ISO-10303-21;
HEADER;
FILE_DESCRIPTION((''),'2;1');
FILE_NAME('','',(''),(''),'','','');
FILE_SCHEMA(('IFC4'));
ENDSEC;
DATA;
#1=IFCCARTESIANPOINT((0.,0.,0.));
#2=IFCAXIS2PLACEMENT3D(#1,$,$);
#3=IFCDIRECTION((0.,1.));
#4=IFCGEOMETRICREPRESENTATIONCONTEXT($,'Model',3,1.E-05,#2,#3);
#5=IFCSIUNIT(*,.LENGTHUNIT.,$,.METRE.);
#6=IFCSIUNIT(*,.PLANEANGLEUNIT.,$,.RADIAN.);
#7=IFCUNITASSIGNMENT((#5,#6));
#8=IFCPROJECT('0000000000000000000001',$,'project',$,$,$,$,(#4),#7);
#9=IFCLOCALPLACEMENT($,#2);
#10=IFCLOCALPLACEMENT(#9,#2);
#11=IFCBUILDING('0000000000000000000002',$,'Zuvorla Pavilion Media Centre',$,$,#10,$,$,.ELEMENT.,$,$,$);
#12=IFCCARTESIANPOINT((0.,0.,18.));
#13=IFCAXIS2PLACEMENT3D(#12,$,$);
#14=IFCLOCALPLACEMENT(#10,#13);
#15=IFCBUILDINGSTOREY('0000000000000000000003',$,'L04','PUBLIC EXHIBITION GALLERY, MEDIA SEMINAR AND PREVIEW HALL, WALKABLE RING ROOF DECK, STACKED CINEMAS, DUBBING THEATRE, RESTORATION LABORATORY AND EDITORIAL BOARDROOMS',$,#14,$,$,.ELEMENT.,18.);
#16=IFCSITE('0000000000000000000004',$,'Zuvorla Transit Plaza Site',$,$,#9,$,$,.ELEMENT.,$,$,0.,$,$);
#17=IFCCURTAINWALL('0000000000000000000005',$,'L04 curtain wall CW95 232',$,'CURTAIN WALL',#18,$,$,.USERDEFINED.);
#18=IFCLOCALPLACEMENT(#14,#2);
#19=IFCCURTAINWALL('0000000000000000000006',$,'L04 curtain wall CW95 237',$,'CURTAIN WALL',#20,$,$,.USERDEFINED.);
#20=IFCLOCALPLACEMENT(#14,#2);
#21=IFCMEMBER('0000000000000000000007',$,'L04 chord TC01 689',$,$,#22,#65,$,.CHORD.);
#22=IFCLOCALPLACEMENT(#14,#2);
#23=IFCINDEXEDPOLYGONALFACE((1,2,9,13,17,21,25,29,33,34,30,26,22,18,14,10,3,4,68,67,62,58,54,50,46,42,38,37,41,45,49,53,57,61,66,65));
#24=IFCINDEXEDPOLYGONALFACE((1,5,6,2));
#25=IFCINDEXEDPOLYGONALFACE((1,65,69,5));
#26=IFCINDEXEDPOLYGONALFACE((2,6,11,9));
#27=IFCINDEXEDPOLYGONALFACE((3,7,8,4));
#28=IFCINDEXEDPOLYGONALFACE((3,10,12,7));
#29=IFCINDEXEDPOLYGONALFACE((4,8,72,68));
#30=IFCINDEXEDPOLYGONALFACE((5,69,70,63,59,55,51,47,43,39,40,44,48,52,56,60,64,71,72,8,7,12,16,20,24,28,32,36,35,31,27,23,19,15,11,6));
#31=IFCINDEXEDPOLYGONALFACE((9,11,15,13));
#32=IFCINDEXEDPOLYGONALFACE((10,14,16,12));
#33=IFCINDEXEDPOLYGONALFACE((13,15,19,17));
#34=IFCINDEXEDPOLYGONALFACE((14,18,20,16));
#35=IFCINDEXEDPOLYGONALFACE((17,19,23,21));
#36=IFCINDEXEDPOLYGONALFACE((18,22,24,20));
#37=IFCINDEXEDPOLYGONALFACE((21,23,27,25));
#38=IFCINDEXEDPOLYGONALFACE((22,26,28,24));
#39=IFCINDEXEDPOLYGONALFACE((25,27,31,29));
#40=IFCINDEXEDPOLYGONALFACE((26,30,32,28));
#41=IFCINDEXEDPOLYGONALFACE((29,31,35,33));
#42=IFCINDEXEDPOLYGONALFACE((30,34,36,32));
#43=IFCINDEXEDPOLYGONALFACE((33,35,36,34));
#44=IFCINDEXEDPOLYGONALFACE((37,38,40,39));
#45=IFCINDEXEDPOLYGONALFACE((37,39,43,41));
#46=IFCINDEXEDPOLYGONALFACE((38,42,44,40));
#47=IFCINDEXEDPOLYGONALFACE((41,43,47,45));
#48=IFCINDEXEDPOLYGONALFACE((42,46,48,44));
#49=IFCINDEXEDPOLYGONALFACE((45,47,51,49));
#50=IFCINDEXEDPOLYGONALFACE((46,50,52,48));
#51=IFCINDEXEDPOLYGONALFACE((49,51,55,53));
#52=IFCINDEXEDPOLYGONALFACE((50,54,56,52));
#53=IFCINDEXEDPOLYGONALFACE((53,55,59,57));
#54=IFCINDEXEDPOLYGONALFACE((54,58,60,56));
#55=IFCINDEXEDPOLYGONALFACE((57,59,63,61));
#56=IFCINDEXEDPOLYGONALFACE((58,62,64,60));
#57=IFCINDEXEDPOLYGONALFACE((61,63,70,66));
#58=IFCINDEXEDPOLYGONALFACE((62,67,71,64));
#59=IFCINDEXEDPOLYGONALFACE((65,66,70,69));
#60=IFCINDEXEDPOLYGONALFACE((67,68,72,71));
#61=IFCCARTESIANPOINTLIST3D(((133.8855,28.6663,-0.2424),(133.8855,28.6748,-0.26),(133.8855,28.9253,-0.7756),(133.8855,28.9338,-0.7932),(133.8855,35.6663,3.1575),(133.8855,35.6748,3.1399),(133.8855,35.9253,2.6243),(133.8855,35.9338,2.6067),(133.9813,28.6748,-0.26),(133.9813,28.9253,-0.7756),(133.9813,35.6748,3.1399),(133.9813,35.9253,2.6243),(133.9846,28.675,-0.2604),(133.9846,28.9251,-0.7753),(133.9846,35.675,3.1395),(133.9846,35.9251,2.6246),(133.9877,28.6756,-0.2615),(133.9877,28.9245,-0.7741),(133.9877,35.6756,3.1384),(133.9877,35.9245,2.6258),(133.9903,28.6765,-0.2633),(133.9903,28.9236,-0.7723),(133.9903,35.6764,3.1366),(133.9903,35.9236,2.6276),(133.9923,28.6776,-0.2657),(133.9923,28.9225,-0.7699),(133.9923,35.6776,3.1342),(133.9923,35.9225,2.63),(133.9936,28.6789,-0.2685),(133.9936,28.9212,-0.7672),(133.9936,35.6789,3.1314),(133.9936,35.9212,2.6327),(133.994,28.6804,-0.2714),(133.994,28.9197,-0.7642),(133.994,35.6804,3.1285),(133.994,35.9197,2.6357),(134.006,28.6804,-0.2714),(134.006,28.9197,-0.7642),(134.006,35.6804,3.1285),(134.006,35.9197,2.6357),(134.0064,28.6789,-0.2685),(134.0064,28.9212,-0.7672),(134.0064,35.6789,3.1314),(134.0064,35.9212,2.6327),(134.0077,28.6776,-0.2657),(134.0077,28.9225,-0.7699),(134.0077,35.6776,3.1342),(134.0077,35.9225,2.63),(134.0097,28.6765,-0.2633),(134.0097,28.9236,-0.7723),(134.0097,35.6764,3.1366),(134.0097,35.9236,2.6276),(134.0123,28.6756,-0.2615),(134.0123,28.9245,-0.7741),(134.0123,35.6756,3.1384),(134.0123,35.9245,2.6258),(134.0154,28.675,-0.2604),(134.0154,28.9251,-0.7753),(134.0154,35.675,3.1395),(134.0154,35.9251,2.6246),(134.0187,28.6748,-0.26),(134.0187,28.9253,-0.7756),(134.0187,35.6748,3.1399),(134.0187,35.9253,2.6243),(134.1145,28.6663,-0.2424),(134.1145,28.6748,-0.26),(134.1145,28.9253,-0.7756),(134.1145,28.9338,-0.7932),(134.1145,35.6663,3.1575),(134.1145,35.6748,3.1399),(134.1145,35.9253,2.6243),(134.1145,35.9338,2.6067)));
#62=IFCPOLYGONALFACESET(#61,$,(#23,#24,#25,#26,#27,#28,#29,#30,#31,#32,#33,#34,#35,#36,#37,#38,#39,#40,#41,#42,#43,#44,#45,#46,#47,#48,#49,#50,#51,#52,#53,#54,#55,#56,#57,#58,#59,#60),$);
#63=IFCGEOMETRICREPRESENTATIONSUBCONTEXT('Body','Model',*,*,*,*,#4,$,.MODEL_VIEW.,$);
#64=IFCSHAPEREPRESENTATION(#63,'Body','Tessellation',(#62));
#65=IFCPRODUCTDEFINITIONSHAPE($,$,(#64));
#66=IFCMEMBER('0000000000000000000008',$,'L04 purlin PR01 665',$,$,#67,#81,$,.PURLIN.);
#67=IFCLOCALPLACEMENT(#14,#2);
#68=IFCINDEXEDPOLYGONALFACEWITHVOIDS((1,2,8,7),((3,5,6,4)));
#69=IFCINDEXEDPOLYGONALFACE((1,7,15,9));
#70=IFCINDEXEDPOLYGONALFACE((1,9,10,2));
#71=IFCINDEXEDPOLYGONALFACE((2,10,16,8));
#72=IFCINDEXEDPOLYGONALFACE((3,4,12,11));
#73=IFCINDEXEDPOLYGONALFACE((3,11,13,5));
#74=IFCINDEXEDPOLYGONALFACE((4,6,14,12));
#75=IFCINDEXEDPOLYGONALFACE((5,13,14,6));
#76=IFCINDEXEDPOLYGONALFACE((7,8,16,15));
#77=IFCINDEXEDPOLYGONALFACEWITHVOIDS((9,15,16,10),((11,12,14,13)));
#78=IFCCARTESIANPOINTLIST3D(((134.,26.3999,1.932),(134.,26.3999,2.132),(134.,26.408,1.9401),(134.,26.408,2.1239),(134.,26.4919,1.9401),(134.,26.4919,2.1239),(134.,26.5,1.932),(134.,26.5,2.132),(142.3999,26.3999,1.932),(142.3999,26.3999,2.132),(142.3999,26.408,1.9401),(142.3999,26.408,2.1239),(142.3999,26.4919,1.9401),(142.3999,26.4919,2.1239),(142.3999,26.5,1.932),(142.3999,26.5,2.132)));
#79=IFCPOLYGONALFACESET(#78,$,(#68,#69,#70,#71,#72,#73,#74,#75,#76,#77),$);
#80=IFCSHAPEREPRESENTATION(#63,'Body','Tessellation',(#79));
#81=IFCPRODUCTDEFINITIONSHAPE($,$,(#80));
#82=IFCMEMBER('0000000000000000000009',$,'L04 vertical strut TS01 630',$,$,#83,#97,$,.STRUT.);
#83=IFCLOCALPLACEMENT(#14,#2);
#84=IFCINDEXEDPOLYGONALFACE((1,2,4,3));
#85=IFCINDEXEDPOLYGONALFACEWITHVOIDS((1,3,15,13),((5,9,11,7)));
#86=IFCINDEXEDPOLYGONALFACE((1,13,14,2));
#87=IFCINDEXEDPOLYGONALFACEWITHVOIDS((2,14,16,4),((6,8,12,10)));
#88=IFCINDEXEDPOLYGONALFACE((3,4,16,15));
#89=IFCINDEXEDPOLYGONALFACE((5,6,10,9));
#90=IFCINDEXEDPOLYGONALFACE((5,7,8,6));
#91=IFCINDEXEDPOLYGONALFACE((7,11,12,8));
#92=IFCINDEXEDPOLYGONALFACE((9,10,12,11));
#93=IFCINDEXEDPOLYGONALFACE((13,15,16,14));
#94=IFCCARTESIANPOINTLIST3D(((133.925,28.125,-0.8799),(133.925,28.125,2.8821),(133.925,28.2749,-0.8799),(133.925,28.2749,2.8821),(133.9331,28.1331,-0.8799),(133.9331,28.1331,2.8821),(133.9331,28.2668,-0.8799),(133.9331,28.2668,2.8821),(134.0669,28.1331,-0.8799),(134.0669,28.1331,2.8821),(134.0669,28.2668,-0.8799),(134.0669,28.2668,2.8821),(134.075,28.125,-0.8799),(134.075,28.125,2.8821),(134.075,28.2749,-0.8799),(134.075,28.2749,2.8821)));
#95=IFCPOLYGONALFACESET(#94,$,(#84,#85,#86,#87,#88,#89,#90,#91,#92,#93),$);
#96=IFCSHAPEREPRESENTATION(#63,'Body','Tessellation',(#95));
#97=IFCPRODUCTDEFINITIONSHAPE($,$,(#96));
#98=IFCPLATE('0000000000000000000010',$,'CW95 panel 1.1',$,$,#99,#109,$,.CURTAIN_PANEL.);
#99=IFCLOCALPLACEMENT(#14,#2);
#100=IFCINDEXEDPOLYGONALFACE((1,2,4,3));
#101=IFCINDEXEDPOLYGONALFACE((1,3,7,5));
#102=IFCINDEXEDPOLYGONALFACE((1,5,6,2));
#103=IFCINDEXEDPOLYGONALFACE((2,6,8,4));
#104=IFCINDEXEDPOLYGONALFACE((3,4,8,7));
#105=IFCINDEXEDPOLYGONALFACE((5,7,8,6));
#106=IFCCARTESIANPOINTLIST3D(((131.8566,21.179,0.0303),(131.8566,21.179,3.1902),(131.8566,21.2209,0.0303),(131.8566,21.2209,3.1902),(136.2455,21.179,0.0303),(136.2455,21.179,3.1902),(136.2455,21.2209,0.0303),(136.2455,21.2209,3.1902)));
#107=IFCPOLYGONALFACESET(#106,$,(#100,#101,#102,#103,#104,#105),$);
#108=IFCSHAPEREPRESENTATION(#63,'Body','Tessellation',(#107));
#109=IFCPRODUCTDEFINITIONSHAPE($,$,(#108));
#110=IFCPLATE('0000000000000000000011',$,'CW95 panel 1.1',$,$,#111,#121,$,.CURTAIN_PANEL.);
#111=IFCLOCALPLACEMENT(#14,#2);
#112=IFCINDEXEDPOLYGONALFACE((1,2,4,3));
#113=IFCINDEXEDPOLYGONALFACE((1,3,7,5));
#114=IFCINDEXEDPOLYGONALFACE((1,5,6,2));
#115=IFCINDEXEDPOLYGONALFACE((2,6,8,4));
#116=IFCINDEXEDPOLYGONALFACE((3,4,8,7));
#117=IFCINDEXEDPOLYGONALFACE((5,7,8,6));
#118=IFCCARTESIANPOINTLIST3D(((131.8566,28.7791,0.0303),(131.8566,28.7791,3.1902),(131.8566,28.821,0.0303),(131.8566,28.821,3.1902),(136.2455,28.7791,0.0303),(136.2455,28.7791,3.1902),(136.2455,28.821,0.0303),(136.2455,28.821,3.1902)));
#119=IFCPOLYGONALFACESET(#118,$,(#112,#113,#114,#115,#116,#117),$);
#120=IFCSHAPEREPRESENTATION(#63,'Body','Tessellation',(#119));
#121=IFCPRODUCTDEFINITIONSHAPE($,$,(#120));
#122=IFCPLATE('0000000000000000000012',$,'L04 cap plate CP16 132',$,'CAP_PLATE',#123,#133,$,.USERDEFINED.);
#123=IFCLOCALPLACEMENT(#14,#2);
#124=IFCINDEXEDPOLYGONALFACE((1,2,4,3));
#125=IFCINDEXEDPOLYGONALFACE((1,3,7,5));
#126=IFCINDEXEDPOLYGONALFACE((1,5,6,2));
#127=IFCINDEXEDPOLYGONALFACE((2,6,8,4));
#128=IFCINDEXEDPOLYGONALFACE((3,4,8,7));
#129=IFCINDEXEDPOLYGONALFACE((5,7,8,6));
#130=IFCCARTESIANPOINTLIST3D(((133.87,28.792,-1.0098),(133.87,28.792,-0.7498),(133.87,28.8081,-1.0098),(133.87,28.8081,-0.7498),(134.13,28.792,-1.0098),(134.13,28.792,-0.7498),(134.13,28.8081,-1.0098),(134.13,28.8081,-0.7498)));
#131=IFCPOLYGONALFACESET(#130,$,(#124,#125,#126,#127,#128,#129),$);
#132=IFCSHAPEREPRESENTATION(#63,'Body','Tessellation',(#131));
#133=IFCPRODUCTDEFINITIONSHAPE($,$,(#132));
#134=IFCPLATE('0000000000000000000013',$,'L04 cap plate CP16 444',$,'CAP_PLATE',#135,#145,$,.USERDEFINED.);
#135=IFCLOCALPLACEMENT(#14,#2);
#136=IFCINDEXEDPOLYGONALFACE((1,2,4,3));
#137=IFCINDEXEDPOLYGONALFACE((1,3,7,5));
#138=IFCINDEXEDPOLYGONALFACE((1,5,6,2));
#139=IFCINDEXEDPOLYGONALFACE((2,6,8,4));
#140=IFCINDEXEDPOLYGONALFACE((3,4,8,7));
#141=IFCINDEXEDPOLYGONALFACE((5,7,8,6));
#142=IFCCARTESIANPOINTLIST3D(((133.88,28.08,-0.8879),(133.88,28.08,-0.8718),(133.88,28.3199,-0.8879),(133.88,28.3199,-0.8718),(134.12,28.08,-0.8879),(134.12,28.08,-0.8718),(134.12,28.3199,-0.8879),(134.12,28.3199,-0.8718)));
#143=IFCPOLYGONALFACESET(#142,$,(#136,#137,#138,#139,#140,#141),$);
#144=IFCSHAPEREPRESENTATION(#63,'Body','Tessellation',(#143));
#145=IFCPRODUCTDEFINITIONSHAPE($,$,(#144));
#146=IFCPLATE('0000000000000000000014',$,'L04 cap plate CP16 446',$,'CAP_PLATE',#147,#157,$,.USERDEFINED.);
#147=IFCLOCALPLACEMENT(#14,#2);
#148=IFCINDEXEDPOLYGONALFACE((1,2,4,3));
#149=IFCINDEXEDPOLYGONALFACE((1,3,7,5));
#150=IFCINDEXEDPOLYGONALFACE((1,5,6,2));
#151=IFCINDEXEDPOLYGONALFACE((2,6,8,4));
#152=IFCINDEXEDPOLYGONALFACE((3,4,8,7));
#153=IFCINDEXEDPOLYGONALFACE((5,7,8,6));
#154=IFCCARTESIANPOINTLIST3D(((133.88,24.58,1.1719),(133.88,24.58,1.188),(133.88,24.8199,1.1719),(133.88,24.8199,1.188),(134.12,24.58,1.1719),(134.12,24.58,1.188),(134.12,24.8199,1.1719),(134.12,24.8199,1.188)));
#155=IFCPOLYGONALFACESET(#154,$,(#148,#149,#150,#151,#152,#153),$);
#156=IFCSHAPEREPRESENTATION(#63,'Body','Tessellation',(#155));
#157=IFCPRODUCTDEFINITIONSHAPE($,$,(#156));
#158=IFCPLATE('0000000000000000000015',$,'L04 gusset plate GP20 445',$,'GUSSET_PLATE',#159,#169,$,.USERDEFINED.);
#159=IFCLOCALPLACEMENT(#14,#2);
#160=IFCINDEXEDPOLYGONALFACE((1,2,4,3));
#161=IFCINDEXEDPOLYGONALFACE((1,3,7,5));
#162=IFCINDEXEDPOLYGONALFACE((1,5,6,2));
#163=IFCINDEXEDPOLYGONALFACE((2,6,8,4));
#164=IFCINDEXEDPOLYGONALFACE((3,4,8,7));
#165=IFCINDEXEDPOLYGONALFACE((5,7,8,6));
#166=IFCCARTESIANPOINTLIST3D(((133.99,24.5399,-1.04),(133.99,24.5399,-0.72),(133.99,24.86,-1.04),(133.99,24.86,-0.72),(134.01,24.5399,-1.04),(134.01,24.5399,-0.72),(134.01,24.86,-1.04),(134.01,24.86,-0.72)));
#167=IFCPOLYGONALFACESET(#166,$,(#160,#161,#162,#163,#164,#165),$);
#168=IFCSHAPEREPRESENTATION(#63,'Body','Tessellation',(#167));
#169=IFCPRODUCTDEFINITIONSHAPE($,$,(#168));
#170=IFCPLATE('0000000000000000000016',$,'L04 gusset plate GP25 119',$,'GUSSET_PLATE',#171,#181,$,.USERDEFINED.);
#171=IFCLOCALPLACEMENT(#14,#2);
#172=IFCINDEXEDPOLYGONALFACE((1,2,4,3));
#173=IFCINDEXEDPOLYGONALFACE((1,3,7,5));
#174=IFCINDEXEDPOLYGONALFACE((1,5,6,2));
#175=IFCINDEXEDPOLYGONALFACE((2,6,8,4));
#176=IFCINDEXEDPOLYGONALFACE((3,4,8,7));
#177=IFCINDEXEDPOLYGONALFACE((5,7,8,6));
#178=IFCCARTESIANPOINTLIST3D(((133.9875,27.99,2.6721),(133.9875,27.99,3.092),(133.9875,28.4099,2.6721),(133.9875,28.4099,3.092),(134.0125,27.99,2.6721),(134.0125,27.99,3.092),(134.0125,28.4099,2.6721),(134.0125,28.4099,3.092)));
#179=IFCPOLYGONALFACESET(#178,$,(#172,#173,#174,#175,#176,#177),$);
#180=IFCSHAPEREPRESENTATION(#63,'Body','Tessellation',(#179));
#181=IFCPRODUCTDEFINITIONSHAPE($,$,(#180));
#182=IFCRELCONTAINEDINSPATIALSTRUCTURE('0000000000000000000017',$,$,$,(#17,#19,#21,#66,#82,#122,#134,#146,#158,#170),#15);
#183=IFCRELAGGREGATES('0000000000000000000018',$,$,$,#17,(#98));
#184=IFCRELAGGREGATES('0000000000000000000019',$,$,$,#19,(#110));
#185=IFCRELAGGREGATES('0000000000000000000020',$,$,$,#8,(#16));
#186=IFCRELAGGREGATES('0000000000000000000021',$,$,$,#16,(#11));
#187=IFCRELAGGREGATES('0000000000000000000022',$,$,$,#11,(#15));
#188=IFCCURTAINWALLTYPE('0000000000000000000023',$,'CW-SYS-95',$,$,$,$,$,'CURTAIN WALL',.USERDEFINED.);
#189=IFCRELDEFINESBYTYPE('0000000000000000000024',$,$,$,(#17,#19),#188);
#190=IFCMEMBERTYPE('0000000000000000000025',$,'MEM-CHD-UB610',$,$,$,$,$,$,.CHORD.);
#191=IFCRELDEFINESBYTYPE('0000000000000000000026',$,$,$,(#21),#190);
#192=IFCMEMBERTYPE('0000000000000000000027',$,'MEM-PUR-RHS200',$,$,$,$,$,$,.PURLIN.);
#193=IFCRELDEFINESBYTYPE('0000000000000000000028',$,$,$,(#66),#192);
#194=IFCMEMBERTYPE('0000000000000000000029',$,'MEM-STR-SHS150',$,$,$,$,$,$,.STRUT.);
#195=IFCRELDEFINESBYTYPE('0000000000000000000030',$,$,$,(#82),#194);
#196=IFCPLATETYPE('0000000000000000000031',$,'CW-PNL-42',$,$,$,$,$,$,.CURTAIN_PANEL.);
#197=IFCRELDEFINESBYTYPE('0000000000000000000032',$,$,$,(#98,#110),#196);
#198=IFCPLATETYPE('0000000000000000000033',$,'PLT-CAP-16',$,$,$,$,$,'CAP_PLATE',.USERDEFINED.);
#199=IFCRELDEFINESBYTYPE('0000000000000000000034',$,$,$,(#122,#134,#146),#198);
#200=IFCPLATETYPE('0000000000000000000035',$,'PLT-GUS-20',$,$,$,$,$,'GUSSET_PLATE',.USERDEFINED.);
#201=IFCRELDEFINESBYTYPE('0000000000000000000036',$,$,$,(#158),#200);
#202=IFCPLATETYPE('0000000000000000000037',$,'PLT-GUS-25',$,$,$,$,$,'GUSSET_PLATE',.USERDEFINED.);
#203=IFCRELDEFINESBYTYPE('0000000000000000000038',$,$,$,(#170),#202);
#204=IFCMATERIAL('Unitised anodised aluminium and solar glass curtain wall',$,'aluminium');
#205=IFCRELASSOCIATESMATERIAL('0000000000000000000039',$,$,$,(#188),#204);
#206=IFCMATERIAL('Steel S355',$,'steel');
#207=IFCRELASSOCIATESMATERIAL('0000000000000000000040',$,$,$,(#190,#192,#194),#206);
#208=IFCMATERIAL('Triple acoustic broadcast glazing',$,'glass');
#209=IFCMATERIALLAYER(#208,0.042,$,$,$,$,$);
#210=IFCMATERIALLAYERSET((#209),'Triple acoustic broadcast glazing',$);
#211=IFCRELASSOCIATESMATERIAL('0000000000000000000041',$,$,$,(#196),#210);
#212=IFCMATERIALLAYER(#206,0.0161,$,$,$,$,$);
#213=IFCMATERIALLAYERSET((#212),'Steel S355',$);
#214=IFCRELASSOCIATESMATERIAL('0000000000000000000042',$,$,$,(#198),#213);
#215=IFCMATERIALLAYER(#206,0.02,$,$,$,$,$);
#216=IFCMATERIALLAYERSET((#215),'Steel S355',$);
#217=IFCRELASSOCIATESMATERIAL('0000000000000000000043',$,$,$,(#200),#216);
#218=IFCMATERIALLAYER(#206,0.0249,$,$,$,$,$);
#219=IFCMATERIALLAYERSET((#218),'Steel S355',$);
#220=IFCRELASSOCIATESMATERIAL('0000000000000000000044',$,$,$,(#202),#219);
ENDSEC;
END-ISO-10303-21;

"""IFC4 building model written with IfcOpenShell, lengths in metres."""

from ifc_helpers import new_model, si_unit, direction, frame, origin, origin_2d, place, context, subcontext, project, spatial, rectangle, hollow_rectangle, i_section, extrude, material, layer, layer_set, material_profile, profile_set, type_object, element, aggregate, save


model = new_model("IFC4")

# Units and contexts
model_context = context("Model", 3, precision=1e-05, world=origin(), true_north=direction((0.0, 1.0)))
body_context = subcontext(model_context, "Body", "Model", "MODEL_VIEW")
ifc_project = project(units=[si_unit("LENGTHUNIT", "METRE"), si_unit("PLANEANGLEUNIT", "RADIAN")], contexts=[model_context])

# Site, building, storey
site_placement = place(None, origin())
site = spatial("IfcSite", under=ifc_project, at=site_placement, Name="Zuvorla Transit Plaza Site", CompositionType="ELEMENT", RefElevation=0.0)
building_placement = place(site_placement, origin())
building = spatial("IfcBuilding", under=site, at=building_placement, Name="Zuvorla Pavilion Media Centre", CompositionType="ELEMENT")
storey_placement = place(building_placement, frame((0.0, 0.0, 18.0)))
storey = spatial("IfcBuildingStorey", under=building, at=storey_placement, Name="L04", Description="PUBLIC EXHIBITION GALLERY, MEDIA SEMINAR AND PREVIEW HALL, WALKABLE RING ROOF DECK, STACKED CINEMAS, DUBBING THEATRE, RESTORATION LABORATORY AND EDITORIAL BOARDROOMS", CompositionType="ELEMENT", Elevation=18.0)

# Curtain walls
ifc_material_1 = material(Name="Unitised anodised aluminium and solar glass curtain wall", Category="aluminium")
curtain_wall_type = type_object("IfcCurtainWallType", Name="CW-SYS-95", ElementType="CURTAIN WALL", PredefinedType="USERDEFINED", material=ifc_material_1)
curtain_wall_1_placement = place(storey_placement, origin())
curtain_wall_1 = element("IfcCurtainWall", 1, at=curtain_wall_1_placement, inside=storey, type_object=curtain_wall_type, Name="L04 curtain wall CW95 232", ObjectType="CURTAIN WALL", PredefinedType="USERDEFINED")
curtain_wall_2_placement = place(storey_placement, origin())
curtain_wall_2 = element("IfcCurtainWall", 2, at=curtain_wall_2_placement, inside=storey, type_object=curtain_wall_type, Name="L04 curtain wall CW95 237", ObjectType="CURTAIN WALL", PredefinedType="USERDEFINED")

# Members
ifc_material_2 = material(Name="Steel S355", Category="steel")
ifc_material_profile_1 = material_profile(ifc_material_2, i_section(OverallWidth=0.229, OverallDepth=0.6123, WebThickness=0.012, FlangeThickness=0.0195, FilletRadius=0.0127, at=origin_2d()), Name="UB 610x229x125")
ifc_profile_set_1 = profile_set([ifc_material_profile_1], Name="Steel S355")
member_type_1 = type_object("IfcMemberType", Name="MEM-CHD-UB610", PredefinedType="CHORD", material=ifc_profile_set_1)
member_1_placement = place(storey_placement, frame((134.0, 28.8, -0.5178), z_axis=(0.0, 0.899513, 0.436894), x_axis=(-1.0, 0.0, 0.0)))
element("IfcMember", 3, at=member_1_placement, inside=storey, type_object=member_type_1, Name="L04 chord TC01 689", PredefinedType="CHORD", context=body_context, shape_type="SweptSolid", body=[
    extrude(i_section(OverallWidth=0.229, OverallDepth=0.6123, WebThickness=0.012, FlangeThickness=0.0195, FilletRadius=0.0127, at=origin_2d()), origin(), (0.0, 0.0, 1.0), 7.782),
])
ifc_material_profile_2 = material_profile(ifc_material_2, hollow_rectangle(XDim=0.1001, YDim=0.2, WallThickness=0.0081, at=origin_2d()), Name="RHS 200x100x8")
ifc_profile_set_2 = profile_set([ifc_material_profile_2], Name="Steel S355")
member_type_2 = type_object("IfcMemberType", Name="MEM-PUR-RHS200", PredefinedType="PURLIN", material=ifc_profile_set_2)
member_2_placement = place(storey_placement, frame((134.0, 26.45, 2.032), z_axis=(1.0, 0.0, 0.0), x_axis=(0.0, 1.0, 0.0)))
element("IfcMember", 4, at=member_2_placement, inside=storey, type_object=member_type_2, Name="L04 purlin PR01 665", PredefinedType="PURLIN", context=body_context, shape_type="SweptSolid", body=[
    extrude(hollow_rectangle(XDim=0.1001, YDim=0.2, WallThickness=0.0081, at=origin_2d()), origin(), (0.0, 0.0, 1.0), 8.3999),
])
ifc_material_profile_3 = material_profile(ifc_material_2, hollow_rectangle(XDim=0.1499, YDim=0.1499, WallThickness=0.0081, at=origin_2d()), Name="SHS 150x150x8")
ifc_profile_set_3 = profile_set([ifc_material_profile_3], Name="Steel S355")
member_type_3 = type_object("IfcMemberType", Name="MEM-STR-SHS150", PredefinedType="STRUT", material=ifc_profile_set_3)
member_3_placement = place(storey_placement, frame((134.0, 28.2, -0.8799), z_axis=(0.0, 0.0, 1.0), x_axis=(1.0, 0.0, 0.0)))
element("IfcMember", 5, at=member_3_placement, inside=storey, type_object=member_type_3, Name="L04 vertical strut TS01 630", PredefinedType="STRUT", context=body_context, shape_type="SweptSolid", body=[
    extrude(hollow_rectangle(XDim=0.1499, YDim=0.1499, WallThickness=0.0081, at=origin_2d()), origin(), (0.0, 0.0, 1.0), 3.762),
])

# Plates
ifc_material_3 = material(Name="Triple acoustic broadcast glazing", Category="glass")
ifc_layer_1 = layer(ifc_material_3, 0.042)
ifc_layer_set_1 = layer_set([ifc_layer_1], Name="Triple acoustic broadcast glazing")
plate_type_1 = type_object("IfcPlateType", Name="CW-PNL-42", PredefinedType="CURTAIN_PANEL", material=ifc_layer_set_1)
plate_1_placement = place(storey_placement, frame((134.051, 21.2, 0.0303), z_axis=(0.0, 0.0, 1.0), x_axis=(1.0, 0.0, 0.0)))
plate_1 = element("IfcPlate", 6, at=plate_1_placement, type_object=plate_type_1, Name="CW95 panel 1.1", PredefinedType="CURTAIN_PANEL", context=body_context, shape_type="SweptSolid", body=[
    extrude(rectangle(XDim=4.3889, YDim=0.042, at=origin_2d()), origin(), (0.0, 0.0, 1.0), 3.1599),
])
aggregate(curtain_wall_1, [plate_1])
plate_2_placement = place(storey_placement, frame((134.051, 28.8, 0.0303), z_axis=(0.0, 0.0, 1.0), x_axis=(1.0, 0.0, 0.0)))
plate_2 = element("IfcPlate", 7, at=plate_2_placement, type_object=plate_type_1, Name="CW95 panel 1.1", PredefinedType="CURTAIN_PANEL", context=body_context, shape_type="SweptSolid", body=[
    extrude(rectangle(XDim=4.3889, YDim=0.042, at=origin_2d()), origin(), (0.0, 0.0, 1.0), 3.1599),
])
aggregate(curtain_wall_2, [plate_2])

# Plates
ifc_layer_2 = layer(ifc_material_2, 0.0161)
ifc_layer_set_2 = layer_set([ifc_layer_2], Name="Steel S355")
plate_type_2 = type_object("IfcPlateType", Name="PLT-CAP-16", ElementType="CAP_PLATE", PredefinedType="USERDEFINED", material=ifc_layer_set_2)
plate_3_placement = place(storey_placement, frame((134.0, 28.8, -1.0098), z_axis=(0.0, 0.0, 1.0), x_axis=(1.0, 0.0, 0.0)))
element("IfcPlate", 8, at=plate_3_placement, inside=storey, type_object=plate_type_2, Name="L04 cap plate CP16 132", ObjectType="CAP_PLATE", PredefinedType="USERDEFINED", context=body_context, shape_type="SweptSolid", body=[
    extrude(rectangle(XDim=0.26, YDim=0.0161, at=origin_2d()), origin(), (0.0, 0.0, 1.0), 0.26),
])
for number, where, z_axis, x_axis, name in (
    (9, (134.0, 28.2, -0.8879), (0.0, 0.0, 1.0), (1.0, 0.0, 0.0), "L04 cap plate CP16 444"),
    (10, (134.0, 24.7, 1.1719), (0.0, 0.0, 1.0), (1.0, 0.0, 0.0), "L04 cap plate CP16 446"),
):
    element("IfcPlate", number, at=place(storey_placement, frame(where, z_axis=z_axis, x_axis=x_axis)), inside=storey, type_object=plate_type_2, Name=name, ObjectType="CAP_PLATE", PredefinedType="USERDEFINED", context=body_context, shape_type="SweptSolid", body=[
        extrude(rectangle(XDim=0.24, YDim=0.24, at=origin_2d()), origin(), (0.0, 0.0, 1.0), 0.0161),
    ])
ifc_layer_3 = layer(ifc_material_2, 0.02)
ifc_layer_set_3 = layer_set([ifc_layer_3], Name="Steel S355")
plate_type_3 = type_object("IfcPlateType", Name="PLT-GUS-20", ElementType="GUSSET_PLATE", PredefinedType="USERDEFINED", material=ifc_layer_set_3)
plate_4_placement = place(storey_placement, frame((134.0, 24.7, -1.04), z_axis=(0.0, 0.0, 1.0), x_axis=(1.0, 0.0, 0.0)))
element("IfcPlate", 11, at=plate_4_placement, inside=storey, type_object=plate_type_3, Name="L04 gusset plate GP20 445", ObjectType="GUSSET_PLATE", PredefinedType="USERDEFINED", context=body_context, shape_type="SweptSolid", body=[
    extrude(rectangle(XDim=0.02, YDim=0.3201, at=origin_2d()), origin(), (0.0, 0.0, 1.0), 0.3201),
])
ifc_layer_4 = layer(ifc_material_2, 0.0249)
ifc_layer_set_4 = layer_set([ifc_layer_4], Name="Steel S355")
plate_type_4 = type_object("IfcPlateType", Name="PLT-GUS-25", ElementType="GUSSET_PLATE", PredefinedType="USERDEFINED", material=ifc_layer_set_4)
plate_5_placement = place(storey_placement, frame((134.0, 28.2, 2.6721), z_axis=(0.0, 0.0, 1.0), x_axis=(1.0, 0.0, 0.0)))
element("IfcPlate", 12, at=plate_5_placement, inside=storey, type_object=plate_type_4, Name="L04 gusset plate GP25 119", ObjectType="GUSSET_PLATE", PredefinedType="USERDEFINED", context=body_context, shape_type="SweptSolid", body=[
    extrude(rectangle(XDim=0.0249, YDim=0.4199, at=origin_2d()), origin(), (0.0, 0.0, 1.0), 0.4199),
])

save(model, "model.ifc")
